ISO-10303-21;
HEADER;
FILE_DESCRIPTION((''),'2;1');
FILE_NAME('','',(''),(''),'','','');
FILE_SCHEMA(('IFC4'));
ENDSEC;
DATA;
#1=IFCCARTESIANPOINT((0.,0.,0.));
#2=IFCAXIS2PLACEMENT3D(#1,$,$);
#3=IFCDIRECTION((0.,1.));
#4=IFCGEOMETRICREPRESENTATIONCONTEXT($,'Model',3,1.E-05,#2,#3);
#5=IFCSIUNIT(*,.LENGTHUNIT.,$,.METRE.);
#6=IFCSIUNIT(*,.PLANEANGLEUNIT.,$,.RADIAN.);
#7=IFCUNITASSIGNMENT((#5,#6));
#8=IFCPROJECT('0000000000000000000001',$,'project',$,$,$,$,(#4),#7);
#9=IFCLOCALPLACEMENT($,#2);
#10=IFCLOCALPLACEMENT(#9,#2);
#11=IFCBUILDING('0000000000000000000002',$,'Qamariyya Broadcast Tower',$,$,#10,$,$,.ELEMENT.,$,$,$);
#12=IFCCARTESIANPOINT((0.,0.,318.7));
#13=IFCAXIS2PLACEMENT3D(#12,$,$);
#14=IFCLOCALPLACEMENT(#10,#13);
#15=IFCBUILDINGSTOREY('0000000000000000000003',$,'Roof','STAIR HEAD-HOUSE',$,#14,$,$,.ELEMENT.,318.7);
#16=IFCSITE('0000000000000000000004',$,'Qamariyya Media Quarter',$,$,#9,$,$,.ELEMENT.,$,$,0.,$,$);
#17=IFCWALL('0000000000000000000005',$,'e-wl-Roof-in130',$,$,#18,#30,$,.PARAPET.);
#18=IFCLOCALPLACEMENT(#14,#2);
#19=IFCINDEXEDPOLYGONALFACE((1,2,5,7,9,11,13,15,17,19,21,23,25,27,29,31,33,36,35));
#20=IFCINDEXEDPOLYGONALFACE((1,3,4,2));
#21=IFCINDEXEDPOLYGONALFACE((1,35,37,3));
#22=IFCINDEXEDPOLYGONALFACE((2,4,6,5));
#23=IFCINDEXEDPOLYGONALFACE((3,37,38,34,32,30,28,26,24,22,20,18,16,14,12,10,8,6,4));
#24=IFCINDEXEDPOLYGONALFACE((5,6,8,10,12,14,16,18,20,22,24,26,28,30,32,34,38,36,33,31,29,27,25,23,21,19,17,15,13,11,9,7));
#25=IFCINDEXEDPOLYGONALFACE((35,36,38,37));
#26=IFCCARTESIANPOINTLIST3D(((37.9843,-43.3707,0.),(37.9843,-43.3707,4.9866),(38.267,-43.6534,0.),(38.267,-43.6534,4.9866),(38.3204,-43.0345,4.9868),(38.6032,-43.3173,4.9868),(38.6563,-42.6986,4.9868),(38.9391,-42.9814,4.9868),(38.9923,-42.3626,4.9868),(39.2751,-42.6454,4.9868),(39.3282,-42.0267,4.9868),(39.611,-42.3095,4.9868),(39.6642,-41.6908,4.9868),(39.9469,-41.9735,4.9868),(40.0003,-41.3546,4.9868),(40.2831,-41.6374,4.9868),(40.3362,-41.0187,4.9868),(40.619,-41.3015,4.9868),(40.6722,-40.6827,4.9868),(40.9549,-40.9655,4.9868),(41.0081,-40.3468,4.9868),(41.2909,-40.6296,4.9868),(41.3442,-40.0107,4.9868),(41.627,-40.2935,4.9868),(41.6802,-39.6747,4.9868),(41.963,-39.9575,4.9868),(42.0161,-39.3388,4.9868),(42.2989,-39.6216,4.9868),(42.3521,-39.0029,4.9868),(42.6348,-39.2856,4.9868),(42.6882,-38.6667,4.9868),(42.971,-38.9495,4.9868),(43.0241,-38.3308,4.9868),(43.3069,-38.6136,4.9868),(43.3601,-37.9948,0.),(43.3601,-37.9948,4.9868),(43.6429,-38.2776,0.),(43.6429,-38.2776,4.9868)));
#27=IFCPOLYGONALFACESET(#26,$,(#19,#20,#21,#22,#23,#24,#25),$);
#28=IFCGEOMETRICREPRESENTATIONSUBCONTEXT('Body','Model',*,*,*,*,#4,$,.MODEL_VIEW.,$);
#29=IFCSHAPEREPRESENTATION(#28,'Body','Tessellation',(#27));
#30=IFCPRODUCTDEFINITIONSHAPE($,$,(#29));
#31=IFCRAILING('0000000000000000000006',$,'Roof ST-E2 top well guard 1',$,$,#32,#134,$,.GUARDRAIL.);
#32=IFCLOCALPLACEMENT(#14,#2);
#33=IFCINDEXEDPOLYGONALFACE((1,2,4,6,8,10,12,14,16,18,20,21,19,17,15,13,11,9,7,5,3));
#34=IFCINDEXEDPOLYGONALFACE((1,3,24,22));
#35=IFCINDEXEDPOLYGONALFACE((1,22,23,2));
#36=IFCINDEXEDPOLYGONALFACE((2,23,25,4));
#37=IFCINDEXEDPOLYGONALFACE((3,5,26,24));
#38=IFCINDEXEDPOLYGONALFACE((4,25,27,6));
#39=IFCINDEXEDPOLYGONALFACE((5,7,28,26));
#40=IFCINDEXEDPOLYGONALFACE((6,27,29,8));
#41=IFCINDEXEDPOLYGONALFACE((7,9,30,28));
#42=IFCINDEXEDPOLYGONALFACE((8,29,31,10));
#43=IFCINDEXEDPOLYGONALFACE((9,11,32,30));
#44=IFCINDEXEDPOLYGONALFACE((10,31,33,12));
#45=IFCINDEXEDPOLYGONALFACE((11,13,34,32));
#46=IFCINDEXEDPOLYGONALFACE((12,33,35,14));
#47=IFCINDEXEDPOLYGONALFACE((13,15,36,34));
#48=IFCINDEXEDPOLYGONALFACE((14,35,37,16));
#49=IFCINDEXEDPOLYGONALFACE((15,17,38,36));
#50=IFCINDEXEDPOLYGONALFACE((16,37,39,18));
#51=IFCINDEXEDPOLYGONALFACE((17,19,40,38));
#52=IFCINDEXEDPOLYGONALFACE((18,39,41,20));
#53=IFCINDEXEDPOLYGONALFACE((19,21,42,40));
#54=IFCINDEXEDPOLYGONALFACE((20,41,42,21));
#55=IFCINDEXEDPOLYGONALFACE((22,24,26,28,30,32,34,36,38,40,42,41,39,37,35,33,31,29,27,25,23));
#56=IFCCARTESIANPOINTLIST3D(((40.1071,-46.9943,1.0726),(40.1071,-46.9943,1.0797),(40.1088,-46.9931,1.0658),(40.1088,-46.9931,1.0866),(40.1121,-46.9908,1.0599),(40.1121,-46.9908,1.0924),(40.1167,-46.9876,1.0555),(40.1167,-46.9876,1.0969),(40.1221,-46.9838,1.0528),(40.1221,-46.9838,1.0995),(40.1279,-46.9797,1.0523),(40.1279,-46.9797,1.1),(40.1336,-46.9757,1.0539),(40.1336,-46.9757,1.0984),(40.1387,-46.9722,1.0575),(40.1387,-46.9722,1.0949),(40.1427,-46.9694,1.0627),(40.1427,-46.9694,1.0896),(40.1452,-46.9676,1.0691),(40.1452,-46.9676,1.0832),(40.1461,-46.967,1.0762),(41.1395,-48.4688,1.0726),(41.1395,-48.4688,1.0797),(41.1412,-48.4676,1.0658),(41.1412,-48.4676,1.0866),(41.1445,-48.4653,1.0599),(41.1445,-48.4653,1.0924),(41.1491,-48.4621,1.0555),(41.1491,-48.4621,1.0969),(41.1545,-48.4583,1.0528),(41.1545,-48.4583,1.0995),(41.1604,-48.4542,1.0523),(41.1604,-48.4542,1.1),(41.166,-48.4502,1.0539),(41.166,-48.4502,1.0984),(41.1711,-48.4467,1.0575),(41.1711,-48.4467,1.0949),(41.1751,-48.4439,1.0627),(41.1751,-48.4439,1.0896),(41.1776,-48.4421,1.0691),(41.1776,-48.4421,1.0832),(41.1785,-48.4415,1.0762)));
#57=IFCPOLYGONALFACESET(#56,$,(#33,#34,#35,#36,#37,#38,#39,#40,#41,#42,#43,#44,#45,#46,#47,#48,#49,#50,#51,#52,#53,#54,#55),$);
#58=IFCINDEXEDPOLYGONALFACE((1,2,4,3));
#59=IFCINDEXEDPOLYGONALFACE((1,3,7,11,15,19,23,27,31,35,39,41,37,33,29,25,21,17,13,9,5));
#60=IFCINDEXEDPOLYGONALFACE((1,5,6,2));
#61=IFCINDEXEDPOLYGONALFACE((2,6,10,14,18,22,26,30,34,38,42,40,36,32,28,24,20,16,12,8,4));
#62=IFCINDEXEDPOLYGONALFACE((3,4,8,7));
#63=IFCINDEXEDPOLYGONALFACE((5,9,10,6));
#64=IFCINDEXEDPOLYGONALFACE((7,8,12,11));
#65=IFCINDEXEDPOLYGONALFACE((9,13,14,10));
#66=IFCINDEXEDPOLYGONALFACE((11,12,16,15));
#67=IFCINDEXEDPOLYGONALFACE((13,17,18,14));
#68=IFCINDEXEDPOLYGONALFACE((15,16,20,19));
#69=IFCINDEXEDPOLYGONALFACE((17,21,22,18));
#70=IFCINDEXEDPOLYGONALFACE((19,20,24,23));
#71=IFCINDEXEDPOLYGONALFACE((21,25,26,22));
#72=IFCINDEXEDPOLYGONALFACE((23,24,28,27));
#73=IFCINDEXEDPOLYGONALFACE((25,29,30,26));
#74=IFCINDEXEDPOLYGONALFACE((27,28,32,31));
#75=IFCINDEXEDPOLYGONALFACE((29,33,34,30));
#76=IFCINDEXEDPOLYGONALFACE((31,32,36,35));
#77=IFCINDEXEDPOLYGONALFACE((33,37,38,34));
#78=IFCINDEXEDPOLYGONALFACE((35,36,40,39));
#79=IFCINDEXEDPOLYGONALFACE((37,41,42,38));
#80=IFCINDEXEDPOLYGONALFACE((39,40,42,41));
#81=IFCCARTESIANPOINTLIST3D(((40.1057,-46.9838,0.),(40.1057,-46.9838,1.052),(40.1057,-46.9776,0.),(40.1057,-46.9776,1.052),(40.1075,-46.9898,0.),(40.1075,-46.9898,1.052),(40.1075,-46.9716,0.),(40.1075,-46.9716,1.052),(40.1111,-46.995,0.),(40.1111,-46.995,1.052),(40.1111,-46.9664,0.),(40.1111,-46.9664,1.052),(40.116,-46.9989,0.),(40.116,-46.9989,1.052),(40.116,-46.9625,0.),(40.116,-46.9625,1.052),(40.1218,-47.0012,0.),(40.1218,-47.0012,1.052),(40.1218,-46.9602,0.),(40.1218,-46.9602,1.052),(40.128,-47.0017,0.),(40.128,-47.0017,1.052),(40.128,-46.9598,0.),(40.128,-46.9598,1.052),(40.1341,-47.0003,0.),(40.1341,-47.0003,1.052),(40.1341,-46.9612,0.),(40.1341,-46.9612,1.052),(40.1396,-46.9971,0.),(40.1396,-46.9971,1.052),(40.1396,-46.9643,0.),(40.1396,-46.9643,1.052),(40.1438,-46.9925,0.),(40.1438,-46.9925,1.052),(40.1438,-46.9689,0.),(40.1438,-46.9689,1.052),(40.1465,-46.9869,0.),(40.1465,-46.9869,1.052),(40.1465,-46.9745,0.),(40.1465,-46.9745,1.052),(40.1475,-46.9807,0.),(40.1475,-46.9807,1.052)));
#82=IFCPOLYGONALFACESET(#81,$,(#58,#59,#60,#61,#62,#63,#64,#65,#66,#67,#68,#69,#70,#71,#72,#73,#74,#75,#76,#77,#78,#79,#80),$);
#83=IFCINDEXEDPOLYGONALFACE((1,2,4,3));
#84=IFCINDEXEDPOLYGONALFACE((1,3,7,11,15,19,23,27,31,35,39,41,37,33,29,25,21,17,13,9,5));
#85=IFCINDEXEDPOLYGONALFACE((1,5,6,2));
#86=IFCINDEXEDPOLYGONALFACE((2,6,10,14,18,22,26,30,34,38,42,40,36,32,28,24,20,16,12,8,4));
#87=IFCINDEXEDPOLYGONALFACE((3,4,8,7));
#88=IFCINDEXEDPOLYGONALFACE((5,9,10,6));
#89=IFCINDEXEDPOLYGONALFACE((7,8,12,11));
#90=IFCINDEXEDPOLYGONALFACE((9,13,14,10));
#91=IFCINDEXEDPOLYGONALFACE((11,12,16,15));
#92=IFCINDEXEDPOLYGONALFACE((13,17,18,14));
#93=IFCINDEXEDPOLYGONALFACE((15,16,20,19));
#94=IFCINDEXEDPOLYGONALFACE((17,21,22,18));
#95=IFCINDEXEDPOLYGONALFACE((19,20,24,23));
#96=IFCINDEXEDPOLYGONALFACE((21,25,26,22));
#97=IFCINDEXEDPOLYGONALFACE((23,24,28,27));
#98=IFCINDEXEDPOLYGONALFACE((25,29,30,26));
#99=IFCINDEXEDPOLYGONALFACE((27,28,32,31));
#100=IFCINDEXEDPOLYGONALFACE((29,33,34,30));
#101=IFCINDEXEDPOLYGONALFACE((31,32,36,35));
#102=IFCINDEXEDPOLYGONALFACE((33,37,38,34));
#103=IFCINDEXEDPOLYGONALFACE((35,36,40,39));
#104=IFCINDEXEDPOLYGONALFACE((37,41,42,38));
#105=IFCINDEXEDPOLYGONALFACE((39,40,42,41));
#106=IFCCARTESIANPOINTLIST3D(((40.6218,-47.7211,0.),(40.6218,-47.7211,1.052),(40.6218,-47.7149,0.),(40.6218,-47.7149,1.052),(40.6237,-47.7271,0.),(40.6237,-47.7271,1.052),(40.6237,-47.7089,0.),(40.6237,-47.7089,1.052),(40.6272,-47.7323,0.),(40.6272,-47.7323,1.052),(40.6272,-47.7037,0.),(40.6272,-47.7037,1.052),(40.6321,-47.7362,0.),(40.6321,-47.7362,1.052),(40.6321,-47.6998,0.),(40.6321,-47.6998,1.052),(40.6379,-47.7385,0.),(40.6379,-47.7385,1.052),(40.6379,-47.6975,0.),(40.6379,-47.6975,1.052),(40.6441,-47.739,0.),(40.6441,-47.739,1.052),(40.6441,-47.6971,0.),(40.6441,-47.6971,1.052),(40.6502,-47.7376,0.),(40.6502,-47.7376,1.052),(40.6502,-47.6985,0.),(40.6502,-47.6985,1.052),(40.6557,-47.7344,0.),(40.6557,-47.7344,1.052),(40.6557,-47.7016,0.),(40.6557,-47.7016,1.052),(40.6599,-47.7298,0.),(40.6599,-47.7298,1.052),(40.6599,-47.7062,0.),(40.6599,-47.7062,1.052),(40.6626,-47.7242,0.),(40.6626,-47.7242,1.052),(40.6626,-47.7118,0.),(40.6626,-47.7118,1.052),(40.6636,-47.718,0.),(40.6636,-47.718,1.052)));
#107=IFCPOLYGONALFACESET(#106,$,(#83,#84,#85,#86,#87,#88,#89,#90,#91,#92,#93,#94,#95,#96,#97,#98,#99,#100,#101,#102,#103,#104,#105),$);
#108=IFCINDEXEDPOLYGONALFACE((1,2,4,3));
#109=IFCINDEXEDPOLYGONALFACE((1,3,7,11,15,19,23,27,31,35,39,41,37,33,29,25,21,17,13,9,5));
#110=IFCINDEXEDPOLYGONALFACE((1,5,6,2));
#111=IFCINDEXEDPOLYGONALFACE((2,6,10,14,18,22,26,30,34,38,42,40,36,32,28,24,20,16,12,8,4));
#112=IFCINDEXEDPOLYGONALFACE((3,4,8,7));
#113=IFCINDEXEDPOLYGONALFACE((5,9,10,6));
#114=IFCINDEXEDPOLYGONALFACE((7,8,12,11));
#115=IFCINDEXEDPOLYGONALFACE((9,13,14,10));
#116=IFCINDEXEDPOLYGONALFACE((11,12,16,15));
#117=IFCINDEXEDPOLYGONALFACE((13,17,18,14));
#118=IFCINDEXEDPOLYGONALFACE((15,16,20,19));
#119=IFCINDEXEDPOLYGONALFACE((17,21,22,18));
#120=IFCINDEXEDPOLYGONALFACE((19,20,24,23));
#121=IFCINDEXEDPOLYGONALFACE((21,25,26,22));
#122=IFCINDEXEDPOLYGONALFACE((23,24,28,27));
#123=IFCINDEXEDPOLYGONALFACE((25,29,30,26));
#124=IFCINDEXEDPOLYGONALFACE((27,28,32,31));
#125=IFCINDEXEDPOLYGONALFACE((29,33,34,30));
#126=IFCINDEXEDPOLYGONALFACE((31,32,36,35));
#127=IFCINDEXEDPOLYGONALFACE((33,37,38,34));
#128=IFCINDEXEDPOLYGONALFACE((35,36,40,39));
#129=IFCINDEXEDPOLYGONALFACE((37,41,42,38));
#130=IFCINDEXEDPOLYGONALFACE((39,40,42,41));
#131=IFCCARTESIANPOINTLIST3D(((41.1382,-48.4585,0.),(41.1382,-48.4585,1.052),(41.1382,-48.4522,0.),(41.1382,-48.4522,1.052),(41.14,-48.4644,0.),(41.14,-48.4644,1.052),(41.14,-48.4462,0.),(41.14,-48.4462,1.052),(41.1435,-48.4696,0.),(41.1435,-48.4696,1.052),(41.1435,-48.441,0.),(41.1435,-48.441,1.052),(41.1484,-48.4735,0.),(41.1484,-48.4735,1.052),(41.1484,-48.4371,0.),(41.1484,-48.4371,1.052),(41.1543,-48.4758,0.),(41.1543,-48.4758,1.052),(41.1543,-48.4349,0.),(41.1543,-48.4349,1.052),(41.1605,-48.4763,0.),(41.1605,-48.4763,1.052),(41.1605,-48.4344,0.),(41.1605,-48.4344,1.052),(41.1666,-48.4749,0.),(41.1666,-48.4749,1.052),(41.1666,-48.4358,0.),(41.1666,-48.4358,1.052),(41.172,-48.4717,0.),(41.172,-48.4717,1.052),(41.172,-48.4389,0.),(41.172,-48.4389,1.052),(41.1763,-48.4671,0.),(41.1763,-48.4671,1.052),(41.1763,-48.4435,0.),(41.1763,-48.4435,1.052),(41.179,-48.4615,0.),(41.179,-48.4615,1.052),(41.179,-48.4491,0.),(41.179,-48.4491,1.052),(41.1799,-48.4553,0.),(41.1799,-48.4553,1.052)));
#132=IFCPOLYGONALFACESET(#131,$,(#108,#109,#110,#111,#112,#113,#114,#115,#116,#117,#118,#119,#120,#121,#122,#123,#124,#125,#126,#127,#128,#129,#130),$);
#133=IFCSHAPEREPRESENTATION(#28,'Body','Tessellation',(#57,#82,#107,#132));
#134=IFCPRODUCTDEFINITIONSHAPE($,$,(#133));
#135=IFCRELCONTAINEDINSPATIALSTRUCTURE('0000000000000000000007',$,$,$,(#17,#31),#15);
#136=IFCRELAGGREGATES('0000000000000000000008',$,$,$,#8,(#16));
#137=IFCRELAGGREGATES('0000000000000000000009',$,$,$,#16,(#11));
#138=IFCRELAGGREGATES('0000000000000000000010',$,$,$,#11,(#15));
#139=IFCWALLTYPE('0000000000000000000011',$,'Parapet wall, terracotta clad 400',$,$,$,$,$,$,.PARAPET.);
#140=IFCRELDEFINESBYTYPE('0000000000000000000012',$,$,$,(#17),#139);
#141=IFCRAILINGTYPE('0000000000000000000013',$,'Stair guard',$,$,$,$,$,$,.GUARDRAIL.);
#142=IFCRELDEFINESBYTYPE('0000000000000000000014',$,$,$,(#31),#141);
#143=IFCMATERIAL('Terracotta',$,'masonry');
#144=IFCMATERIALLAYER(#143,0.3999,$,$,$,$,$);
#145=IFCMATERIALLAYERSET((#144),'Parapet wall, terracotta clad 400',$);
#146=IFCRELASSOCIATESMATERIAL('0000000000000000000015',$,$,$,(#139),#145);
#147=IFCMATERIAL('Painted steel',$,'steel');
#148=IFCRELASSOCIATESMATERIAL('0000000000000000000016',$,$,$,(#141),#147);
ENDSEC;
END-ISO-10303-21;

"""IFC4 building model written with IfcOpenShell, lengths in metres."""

from ifc_helpers import new_model, si_unit, direction, frame, origin, origin_2d, place, context, subcontext, project, spatial, polyline, circle, outline, extrude, material, layer, layer_set, type_object, element, save


model = new_model("IFC4")

# Units and contexts
model_context = context("Model", 3, precision=1e-05, world=origin(), true_north=direction((0.0, 1.0)))
body_context = subcontext(model_context, "Body", "Model", "MODEL_VIEW")
ifc_project = project(units=[si_unit("LENGTHUNIT", "METRE"), si_unit("PLANEANGLEUNIT", "RADIAN")], contexts=[model_context])

# Site, building, storey
site_placement = place(None, origin())
site = spatial("IfcSite", under=ifc_project, at=site_placement, Name="Qamariyya Media Quarter", CompositionType="ELEMENT", RefElevation=0.0)
building_placement = place(site_placement, origin())
building = spatial("IfcBuilding", under=site, at=building_placement, Name="Qamariyya Broadcast Tower", CompositionType="ELEMENT")
storey_placement = place(building_placement, frame((0.0, 0.0, 318.7)))
storey = spatial("IfcBuildingStorey", under=building, at=storey_placement, Name="Roof", Description="STAIR HEAD-HOUSE", CompositionType="ELEMENT", Elevation=318.7)

# Wall
ifc_material_1 = material(Name="Terracotta", Category="masonry")
ifc_layer_1 = layer(ifc_material_1, 0.3999)
ifc_layer_set_1 = layer_set([ifc_layer_1], Name="Parapet wall, terracotta clad 400")
wall_type = type_object("IfcWallType", Name="Parapet wall, terracotta clad 400", PredefinedType="PARAPET", material=ifc_layer_set_1)
wall_1_placement = place(storey_placement, frame((43.5015, -38.1362, 0.0), z_axis=(0.0, 0.0, 1.0), x_axis=(-0.707107, -0.707107, 0.0)))
element("IfcWall", 1, at=wall_1_placement, inside=storey, type_object=wall_type, Name="e-wl-Roof-in130", PredefinedType="PARAPET", context=body_context, shape_type="SweptSolid", body=[
    extrude(outline(polyline([(0.0, 0.0), (7.6025, 0.0), (7.6025, 4.9866), (7.1272, 4.9868), (6.6521, 4.9868), (6.177, 4.9868), (5.7019, 4.9868), (5.2268, 4.9868), (4.7515, 4.9868), (4.2764, 4.9868), (3.8013, 4.9868), (3.3262, 4.9868), (2.8508, 4.9868), (2.3757, 4.9868), (1.9006, 4.9868), (1.4255, 4.9868), (0.9502, 4.9868), (0.4751, 4.9868), (0.0, 4.9868), (0.0, 0.0)])), frame((0.0, 0.2, 0.0), z_axis=(0.0, -1.0, 0.0), x_axis=(1.0, 0.0, 0.0)), (0.0, 0.0, 1.0), 0.3999),
])

# Railing
ifc_material_2 = material(Name="Painted steel", Category="steel")
railing_type = type_object("IfcRailingType", Name="Stair guard", PredefinedType="GUARDRAIL", material=ifc_material_2)
railing_placement = place(storey_placement, frame((40.1265, -46.9807, 0.0)))
element("IfcRailing", 2, at=railing_placement, inside=storey, type_object=railing_type, Name="Roof ST-E2 top well guard 1", PredefinedType="GUARDRAIL", context=body_context, shape_type="SweptSolid", body=[
    extrude(circle(Radius=0.0239, at=origin_2d()), frame((0.0, 0.0, 1.0762), z_axis=(0.573553, -0.819168, 0.0), x_axis=(0.819168, 0.573553, 0.0)), (0.0, 0.0, 1.0), 1.8),
    extrude(circle(Radius=0.021, at=origin_2d()), origin(), (0.0, 0.0, 1.0), 1.052),
    extrude(circle(Radius=0.021, at=origin_2d()), frame((0.5161, -0.7373, 0.0)), (0.0, 0.0, 1.0), 1.052),
    extrude(circle(Radius=0.021, at=origin_2d()), frame((1.0325, -1.4746, 0.0)), (0.0, 0.0, 1.0), 1.052),
])

save(model, "model.ifc")
